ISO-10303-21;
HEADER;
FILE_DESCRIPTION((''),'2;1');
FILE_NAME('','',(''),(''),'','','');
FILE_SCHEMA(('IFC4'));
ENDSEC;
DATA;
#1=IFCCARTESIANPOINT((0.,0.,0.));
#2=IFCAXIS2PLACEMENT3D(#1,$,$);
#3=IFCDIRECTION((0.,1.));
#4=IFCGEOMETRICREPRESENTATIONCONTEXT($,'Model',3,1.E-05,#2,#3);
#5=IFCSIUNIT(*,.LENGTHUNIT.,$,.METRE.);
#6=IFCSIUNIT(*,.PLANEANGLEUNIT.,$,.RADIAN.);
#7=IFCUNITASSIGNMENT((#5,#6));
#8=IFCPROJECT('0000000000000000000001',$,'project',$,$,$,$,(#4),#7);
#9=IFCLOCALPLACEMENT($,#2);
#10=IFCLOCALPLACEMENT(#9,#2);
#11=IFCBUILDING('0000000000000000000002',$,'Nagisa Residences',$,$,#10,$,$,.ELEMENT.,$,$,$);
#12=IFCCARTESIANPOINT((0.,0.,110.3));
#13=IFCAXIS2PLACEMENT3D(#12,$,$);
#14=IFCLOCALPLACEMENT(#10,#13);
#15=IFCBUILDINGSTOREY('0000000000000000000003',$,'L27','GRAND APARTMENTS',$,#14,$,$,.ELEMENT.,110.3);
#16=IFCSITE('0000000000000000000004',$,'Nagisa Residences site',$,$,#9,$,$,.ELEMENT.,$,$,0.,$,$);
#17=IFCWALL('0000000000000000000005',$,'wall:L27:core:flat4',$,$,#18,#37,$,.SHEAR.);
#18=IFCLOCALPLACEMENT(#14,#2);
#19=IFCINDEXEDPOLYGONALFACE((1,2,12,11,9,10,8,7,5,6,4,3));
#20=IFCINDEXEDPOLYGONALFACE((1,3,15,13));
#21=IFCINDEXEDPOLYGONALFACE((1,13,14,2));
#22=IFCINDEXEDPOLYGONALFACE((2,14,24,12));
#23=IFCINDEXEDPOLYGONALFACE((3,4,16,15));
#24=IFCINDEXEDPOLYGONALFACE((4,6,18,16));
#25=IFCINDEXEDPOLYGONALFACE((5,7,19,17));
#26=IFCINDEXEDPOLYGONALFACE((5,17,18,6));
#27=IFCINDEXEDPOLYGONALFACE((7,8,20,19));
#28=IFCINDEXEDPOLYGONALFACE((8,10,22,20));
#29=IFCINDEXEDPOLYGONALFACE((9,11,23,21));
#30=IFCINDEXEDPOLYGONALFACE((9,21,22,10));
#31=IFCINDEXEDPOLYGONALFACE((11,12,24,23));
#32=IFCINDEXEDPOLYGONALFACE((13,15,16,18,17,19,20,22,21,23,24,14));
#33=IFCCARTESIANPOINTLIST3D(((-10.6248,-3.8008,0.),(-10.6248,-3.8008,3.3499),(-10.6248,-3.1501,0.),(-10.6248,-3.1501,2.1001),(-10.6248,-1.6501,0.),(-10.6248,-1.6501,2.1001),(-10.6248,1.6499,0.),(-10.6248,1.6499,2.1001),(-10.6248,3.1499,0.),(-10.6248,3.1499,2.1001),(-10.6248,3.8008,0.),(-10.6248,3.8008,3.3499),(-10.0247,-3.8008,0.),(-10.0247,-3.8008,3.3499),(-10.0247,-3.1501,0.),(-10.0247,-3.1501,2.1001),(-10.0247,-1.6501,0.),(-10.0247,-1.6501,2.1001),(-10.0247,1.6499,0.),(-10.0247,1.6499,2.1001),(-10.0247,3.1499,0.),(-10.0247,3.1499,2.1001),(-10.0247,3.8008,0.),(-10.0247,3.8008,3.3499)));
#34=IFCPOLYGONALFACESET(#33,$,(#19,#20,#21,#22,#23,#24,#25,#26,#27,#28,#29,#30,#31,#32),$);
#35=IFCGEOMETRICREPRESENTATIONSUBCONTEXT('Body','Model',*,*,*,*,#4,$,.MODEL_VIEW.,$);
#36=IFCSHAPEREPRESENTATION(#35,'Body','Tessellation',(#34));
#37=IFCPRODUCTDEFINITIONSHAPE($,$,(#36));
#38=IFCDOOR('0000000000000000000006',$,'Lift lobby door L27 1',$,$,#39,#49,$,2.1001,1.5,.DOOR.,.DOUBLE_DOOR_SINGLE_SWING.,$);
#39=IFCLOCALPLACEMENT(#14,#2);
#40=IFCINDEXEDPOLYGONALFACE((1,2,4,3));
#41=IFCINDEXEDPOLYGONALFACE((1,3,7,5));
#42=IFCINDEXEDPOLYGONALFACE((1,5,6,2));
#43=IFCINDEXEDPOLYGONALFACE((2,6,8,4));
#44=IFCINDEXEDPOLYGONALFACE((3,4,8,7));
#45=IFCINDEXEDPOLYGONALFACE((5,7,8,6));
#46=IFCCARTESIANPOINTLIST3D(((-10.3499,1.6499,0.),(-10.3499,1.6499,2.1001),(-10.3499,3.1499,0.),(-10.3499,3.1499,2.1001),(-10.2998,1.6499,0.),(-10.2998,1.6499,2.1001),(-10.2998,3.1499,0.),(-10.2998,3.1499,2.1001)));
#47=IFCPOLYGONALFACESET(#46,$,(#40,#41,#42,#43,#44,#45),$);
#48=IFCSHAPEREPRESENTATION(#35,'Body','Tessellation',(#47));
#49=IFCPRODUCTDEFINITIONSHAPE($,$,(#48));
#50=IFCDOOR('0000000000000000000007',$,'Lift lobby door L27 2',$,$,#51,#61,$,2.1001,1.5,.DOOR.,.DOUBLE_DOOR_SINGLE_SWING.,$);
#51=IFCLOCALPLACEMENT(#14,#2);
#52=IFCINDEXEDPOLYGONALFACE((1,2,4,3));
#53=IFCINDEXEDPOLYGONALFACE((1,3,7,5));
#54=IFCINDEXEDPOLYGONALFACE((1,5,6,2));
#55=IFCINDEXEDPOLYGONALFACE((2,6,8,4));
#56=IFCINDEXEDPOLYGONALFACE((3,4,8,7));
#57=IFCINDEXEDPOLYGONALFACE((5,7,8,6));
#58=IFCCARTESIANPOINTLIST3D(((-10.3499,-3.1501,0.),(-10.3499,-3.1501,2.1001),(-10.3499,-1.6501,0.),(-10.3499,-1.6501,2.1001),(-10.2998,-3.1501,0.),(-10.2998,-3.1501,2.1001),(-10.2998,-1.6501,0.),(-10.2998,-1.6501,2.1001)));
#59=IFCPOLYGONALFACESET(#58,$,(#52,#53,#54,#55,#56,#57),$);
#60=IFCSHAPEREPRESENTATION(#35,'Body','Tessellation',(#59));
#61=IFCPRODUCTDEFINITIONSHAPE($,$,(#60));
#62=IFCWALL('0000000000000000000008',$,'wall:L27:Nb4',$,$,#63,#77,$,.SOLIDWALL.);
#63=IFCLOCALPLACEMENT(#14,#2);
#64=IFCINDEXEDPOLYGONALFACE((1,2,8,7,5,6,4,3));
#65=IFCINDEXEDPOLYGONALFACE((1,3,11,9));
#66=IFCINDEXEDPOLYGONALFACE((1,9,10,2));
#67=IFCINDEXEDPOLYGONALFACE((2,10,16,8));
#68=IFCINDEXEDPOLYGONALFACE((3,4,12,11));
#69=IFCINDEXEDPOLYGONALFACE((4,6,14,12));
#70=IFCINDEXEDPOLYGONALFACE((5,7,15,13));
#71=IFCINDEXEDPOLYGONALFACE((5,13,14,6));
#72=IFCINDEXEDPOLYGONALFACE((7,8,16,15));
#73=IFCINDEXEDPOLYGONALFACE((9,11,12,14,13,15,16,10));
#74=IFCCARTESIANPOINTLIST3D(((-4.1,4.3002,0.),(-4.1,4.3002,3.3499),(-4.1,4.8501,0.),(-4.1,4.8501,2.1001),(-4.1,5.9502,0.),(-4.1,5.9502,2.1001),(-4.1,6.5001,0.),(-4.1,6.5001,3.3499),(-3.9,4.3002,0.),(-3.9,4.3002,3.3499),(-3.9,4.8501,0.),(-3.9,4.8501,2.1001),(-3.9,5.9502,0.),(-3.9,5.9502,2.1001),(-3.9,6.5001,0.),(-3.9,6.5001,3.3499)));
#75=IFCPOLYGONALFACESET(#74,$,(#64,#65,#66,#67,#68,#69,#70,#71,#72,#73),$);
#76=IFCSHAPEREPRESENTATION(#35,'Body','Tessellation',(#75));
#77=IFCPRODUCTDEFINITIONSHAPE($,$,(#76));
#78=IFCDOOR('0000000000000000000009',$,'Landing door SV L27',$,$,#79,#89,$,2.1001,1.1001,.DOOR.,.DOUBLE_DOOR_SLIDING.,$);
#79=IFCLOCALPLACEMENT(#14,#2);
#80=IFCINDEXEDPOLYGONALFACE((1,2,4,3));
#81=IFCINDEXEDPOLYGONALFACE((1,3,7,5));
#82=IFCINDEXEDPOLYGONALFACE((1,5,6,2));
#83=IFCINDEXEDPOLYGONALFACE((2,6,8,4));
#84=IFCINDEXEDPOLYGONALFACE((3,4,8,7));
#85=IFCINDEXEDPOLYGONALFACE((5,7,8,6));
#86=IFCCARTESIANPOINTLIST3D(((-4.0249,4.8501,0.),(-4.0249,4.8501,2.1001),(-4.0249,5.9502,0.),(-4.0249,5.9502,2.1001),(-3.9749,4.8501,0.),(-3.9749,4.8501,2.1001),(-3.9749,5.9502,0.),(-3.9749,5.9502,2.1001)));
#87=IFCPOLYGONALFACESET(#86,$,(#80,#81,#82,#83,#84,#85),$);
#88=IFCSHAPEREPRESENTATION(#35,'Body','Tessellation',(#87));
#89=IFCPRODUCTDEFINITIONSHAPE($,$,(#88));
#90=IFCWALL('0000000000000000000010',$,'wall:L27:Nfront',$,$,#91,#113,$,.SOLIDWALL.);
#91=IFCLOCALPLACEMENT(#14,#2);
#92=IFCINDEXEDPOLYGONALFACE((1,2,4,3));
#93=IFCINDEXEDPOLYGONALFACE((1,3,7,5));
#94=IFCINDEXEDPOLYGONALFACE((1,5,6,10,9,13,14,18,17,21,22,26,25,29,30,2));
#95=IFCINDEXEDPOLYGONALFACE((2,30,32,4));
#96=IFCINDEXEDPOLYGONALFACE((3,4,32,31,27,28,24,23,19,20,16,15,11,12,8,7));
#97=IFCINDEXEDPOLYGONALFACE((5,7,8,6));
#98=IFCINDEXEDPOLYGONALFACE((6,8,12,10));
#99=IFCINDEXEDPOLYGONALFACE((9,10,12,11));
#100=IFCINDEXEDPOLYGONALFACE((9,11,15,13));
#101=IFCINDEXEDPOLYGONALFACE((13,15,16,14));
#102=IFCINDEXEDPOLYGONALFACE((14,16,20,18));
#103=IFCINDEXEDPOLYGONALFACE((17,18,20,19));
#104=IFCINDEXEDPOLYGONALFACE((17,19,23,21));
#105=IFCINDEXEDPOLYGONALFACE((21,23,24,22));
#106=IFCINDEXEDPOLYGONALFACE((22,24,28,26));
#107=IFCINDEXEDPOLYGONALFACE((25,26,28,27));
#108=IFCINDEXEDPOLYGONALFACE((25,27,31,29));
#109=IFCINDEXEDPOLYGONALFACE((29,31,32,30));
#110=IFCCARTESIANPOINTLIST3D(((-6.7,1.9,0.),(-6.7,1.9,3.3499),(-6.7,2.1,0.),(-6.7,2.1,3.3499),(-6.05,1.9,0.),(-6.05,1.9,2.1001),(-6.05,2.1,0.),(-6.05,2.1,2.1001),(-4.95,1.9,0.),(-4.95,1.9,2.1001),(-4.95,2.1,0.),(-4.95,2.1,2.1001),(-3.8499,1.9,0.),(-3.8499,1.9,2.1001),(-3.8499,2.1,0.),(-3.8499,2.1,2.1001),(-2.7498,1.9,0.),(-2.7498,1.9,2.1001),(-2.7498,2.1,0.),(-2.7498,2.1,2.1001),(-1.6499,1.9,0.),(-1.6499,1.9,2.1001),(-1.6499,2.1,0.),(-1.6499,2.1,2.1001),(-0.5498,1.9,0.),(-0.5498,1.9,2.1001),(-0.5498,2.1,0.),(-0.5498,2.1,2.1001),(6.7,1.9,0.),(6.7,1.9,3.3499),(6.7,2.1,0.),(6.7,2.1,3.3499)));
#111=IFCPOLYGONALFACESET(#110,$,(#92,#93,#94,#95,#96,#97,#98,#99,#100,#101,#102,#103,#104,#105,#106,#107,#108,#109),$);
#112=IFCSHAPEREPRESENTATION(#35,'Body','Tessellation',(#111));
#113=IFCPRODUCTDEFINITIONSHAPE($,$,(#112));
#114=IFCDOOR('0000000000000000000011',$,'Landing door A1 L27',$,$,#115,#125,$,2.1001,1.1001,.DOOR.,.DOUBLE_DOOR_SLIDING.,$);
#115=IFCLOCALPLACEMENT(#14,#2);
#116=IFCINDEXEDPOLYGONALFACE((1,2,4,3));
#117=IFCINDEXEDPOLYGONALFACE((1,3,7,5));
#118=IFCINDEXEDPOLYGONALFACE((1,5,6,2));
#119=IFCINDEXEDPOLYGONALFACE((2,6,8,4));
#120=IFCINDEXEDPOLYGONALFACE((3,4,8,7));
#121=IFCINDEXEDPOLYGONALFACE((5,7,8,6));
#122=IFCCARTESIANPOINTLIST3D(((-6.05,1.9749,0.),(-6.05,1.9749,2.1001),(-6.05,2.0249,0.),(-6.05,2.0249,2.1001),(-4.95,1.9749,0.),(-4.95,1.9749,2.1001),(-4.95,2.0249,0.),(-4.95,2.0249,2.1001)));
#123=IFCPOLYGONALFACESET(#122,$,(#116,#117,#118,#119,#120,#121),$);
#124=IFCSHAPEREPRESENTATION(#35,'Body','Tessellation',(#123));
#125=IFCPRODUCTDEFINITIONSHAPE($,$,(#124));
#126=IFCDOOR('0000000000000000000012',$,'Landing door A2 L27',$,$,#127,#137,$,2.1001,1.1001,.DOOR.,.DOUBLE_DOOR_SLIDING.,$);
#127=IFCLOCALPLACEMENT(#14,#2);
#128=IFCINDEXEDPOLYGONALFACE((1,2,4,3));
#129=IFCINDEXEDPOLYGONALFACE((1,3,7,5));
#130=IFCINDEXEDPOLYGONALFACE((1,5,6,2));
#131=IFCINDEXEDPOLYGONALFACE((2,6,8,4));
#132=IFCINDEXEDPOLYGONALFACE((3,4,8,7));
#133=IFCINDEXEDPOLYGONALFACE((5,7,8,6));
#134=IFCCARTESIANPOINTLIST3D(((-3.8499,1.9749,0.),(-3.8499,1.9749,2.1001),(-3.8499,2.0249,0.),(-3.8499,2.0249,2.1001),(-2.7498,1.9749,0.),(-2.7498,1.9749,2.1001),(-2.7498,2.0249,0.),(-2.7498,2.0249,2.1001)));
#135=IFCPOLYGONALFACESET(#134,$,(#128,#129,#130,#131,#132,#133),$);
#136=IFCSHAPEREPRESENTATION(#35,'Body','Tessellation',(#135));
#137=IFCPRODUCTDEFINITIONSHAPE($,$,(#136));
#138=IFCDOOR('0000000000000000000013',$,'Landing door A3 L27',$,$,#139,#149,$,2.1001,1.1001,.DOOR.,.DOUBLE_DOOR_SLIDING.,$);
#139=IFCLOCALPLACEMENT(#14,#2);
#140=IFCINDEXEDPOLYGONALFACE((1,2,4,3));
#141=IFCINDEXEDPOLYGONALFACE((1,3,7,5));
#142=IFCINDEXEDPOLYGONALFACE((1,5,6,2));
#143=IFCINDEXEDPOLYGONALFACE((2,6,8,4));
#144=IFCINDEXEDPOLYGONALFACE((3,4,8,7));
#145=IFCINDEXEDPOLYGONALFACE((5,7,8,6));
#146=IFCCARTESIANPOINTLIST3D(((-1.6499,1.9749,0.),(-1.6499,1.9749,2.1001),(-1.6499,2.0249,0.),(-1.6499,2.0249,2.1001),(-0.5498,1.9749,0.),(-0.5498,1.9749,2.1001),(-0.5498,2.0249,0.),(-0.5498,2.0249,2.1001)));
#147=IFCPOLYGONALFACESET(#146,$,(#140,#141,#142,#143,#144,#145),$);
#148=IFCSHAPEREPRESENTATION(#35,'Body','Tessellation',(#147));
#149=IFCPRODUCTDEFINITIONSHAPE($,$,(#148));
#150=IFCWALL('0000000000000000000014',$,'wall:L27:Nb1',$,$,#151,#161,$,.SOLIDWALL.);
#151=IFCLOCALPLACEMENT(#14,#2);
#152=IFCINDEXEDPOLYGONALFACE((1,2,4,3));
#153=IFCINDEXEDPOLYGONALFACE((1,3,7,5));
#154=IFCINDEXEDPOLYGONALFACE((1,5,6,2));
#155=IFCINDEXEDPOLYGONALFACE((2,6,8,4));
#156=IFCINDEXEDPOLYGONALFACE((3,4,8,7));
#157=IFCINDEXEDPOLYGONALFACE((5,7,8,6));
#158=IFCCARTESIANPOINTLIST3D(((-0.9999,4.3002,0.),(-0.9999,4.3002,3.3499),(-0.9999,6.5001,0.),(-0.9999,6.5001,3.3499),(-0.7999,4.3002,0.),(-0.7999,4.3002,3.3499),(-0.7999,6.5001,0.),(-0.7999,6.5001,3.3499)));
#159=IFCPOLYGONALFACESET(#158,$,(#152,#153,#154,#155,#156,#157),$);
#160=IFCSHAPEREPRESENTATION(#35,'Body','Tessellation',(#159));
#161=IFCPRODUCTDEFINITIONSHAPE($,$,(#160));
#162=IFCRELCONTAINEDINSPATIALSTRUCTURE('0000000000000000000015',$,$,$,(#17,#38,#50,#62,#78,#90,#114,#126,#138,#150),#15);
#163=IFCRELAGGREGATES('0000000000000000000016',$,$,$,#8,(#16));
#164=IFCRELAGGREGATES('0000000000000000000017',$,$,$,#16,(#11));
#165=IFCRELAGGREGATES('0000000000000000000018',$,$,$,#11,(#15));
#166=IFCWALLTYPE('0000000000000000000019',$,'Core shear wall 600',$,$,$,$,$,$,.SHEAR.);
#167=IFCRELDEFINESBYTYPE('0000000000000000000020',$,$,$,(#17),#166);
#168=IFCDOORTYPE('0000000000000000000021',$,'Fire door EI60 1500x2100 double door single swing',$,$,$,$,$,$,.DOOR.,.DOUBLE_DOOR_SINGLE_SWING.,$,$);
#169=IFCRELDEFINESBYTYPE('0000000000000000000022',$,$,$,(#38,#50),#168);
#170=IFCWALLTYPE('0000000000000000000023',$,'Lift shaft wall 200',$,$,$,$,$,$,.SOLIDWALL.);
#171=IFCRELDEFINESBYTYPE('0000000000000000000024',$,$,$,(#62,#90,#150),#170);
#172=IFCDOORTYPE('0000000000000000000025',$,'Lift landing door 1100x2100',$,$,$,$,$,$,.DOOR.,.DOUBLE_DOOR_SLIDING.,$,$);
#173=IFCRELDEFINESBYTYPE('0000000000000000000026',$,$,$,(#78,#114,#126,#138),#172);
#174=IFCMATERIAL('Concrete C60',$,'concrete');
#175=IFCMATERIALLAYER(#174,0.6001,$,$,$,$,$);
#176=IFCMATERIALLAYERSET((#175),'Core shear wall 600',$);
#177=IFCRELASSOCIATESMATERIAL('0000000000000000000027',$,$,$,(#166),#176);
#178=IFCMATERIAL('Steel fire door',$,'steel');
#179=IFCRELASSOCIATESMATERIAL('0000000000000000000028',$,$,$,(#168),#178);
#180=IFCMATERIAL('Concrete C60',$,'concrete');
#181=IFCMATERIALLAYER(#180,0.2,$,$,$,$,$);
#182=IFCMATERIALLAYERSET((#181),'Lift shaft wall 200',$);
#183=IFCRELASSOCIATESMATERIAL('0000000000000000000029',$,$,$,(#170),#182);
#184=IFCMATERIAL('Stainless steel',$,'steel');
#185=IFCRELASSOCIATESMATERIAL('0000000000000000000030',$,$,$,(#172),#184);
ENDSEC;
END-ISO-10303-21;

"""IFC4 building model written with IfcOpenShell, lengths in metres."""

from ifc_helpers import new_model, si_unit, direction, frame, frame_2d, origin, place, context, subcontext, project, spatial, rectangle, extrude, material, layer, layer_set, type_object, element, fill, save


model = new_model("IFC4")

# Units and contexts
model_context = context("Model", 3, precision=1e-05, world=origin(), true_north=direction((0.0, 1.0)))
body_context = subcontext(model_context, "Body", "Model", "MODEL_VIEW")
ifc_project = project(units=[si_unit("LENGTHUNIT", "METRE"), si_unit("PLANEANGLEUNIT", "RADIAN")], contexts=[model_context])

# Site, building, storey
site_placement = place(None, origin())
site = spatial("IfcSite", under=ifc_project, at=site_placement, Name="Nagisa Residences site", CompositionType="ELEMENT", RefElevation=0.0)
building_placement = place(site_placement, origin())
building = spatial("IfcBuilding", under=site, at=building_placement, Name="Nagisa Residences", CompositionType="ELEMENT")
storey_placement = place(building_placement, frame((0.0, 0.0, 110.3)))
storey = spatial("IfcBuildingStorey", under=building, at=storey_placement, Name="L27", Description="GRAND APARTMENTS", CompositionType="ELEMENT", Elevation=110.3)

# Wall, openings, doors
ifc_material_1 = material(Name="Concrete C60", Category="concrete")
ifc_layer_1 = layer(ifc_material_1, 0.6001)
ifc_layer_set_1 = layer_set([ifc_layer_1], Name="Core shear wall 600")
wall_type_1 = type_object("IfcWallType", Name="Core shear wall 600", PredefinedType="SHEAR", material=ifc_layer_set_1)
wall_1_placement = place(storey_placement, frame((-10.3247, 3.8008, 0.0), z_axis=(0.0, 0.0, 1.0), x_axis=(0.0, -1.0, 0.0)))
wall_1 = element("IfcWall", 1, at=wall_1_placement, inside=storey, type_object=wall_type_1, Name="wall:L27:core:flat4", PredefinedType="SHEAR", context=body_context, shape_type="SweptSolid", body=[
    extrude(rectangle(XDim=7.6016, YDim=0.6001, at=frame_2d((3.8008, 0.0))), origin(), (0.0, 0.0, 1.0), 3.3499),
])
opening_1_placement = place(wall_1_placement, frame((0.6509, 0.0, 0.0)))
opening_1 = element("IfcOpeningElement", 2, at=opening_1_placement, cuts=wall_1, PredefinedType="OPENING", context=body_context, shape_type="SweptSolid", body=[
    extrude(rectangle(XDim=1.5, YDim=2.1001, at=frame_2d((0.75, 1.05))), frame((0.0, 0.3101, 0.0), z_axis=(0.0, -1.0, 0.0), x_axis=(1.0, 0.0, 0.0)), (0.0, 0.0, 1.0), 0.6201),
])
opening_2_placement = place(wall_1_placement, frame((5.4509, 0.0, 0.0)))
opening_2 = element("IfcOpeningElement", 3, at=opening_2_placement, cuts=wall_1, PredefinedType="OPENING", context=body_context, shape_type="SweptSolid", body=[
    extrude(rectangle(XDim=1.5, YDim=2.1001, at=frame_2d((0.75, 1.05))), frame((0.0, 0.3101, 0.0), z_axis=(0.0, -1.0, 0.0), x_axis=(1.0, 0.0, 0.0)), (0.0, 0.0, 1.0), 0.6201),
])
ifc_material_2 = material(Name="Steel fire door", Category="steel")
door_type_1 = type_object("IfcDoorType", Name="Fire door EI60 1500x2100 double door single swing", OperationType="DOUBLE_DOOR_SINGLE_SWING", PredefinedType="DOOR", material=ifc_material_2)
door_1_placement = place(opening_1_placement, origin())
door_1 = element("IfcDoor", 4, at=door_1_placement, inside=storey, type_object=door_type_1, Name="Lift lobby door L27 1", OperationType="DOUBLE_DOOR_SINGLE_SWING", OverallHeight=2.1001, OverallWidth=1.5, PredefinedType="DOOR", context=body_context, shape_type="SweptSolid", body=[
    extrude(rectangle(XDim=1.5, YDim=2.1001, at=frame_2d((0.75, 1.05))), frame((0.0, 0.0249, 0.0), z_axis=(0.0, -1.0, 0.0), x_axis=(1.0, 0.0, 0.0)), (0.0, 0.0, 1.0), 0.05),
])
fill(opening_1, door_1)
door_2_placement = place(opening_2_placement, origin())
door_2 = element("IfcDoor", 5, at=door_2_placement, inside=storey, type_object=door_type_1, Name="Lift lobby door L27 2", OperationType="DOUBLE_DOOR_SINGLE_SWING", OverallHeight=2.1001, OverallWidth=1.5, PredefinedType="DOOR", context=body_context, shape_type="SweptSolid", body=[
    extrude(rectangle(XDim=1.5, YDim=2.1001, at=frame_2d((0.75, 1.05))), frame((0.0, 0.0249, 0.0), z_axis=(0.0, -1.0, 0.0), x_axis=(1.0, 0.0, 0.0)), (0.0, 0.0, 1.0), 0.05),
])
fill(opening_2, door_2)

# Wall, opening, door
ifc_material_3 = material(Name="Concrete C60", Category="concrete")
ifc_layer_2 = layer(ifc_material_3, 0.2)
ifc_layer_set_2 = layer_set([ifc_layer_2], Name="Lift shaft wall 200")
wall_type_2 = type_object("IfcWallType", Name="Lift shaft wall 200", PredefinedType="SOLIDWALL", material=ifc_layer_set_2)
wall_2_placement = place(storey_placement, frame((-4.0, 4.3, 0.0), z_axis=(0.0, 0.0, 1.0), x_axis=(0.0, 1.0, 0.0)))
wall_2 = element("IfcWall", 6, at=wall_2_placement, inside=storey, type_object=wall_type_2, Name="wall:L27:Nb4", PredefinedType="SOLIDWALL", context=body_context, shape_type="SweptSolid", body=[
    extrude(rectangle(XDim=2.2, YDim=0.2, at=frame_2d((1.1001, 0.0))), origin(), (0.0, 0.0, 1.0), 3.3499),
])
opening_3_placement = place(wall_2_placement, frame((0.55, 0.0, 0.0)))
opening_3 = element("IfcOpeningElement", 7, at=opening_3_placement, cuts=wall_2, PredefinedType="OPENING", context=body_context, shape_type="SweptSolid", body=[
    extrude(rectangle(XDim=1.1001, YDim=2.1001, at=frame_2d((0.55, 1.05))), frame((0.0, 0.1099, 0.0), z_axis=(0.0, -1.0, 0.0), x_axis=(1.0, 0.0, 0.0)), (0.0, 0.0, 1.0), 0.22),
])
ifc_material_4 = material(Name="Stainless steel", Category="steel")
door_type_2 = type_object("IfcDoorType", Name="Lift landing door 1100x2100", OperationType="DOUBLE_DOOR_SLIDING", PredefinedType="DOOR", material=ifc_material_4)
door_3_placement = place(opening_3_placement, origin())
door_3 = element("IfcDoor", 8, at=door_3_placement, inside=storey, type_object=door_type_2, Name="Landing door SV L27", OperationType="DOUBLE_DOOR_SLIDING", OverallHeight=2.1001, OverallWidth=1.1001, PredefinedType="DOOR", context=body_context, shape_type="SweptSolid", body=[
    extrude(rectangle(XDim=1.1001, YDim=2.1001, at=frame_2d((0.55, 1.05))), frame((0.0, 0.0249, 0.0), z_axis=(0.0, -1.0, 0.0), x_axis=(1.0, 0.0, 0.0)), (0.0, 0.0, 1.0), 0.05),
])
fill(opening_3, door_3)

# Wall, openings, doors
wall_3_placement = place(storey_placement, frame((-6.7, 2.0, 0.0), z_axis=(0.0, 0.0, 1.0), x_axis=(1.0, 0.0, 0.0)))
wall_3 = element("IfcWall", 9, at=wall_3_placement, inside=storey, type_object=wall_type_2, Name="wall:L27:Nfront", PredefinedType="SOLIDWALL", context=body_context, shape_type="SweptSolid", body=[
    extrude(rectangle(XDim=13.3999, YDim=0.2, at=frame_2d((6.7, 0.0))), origin(), (0.0, 0.0, 1.0), 3.3499),
])
opening_4_placement = place(wall_3_placement, frame((0.6499, 0.0, 0.0)))
opening_4 = element("IfcOpeningElement", 10, at=opening_4_placement, cuts=wall_3, PredefinedType="OPENING", context=body_context, shape_type="SweptSolid", body=[
    extrude(rectangle(XDim=1.1001, YDim=2.1001, at=frame_2d((0.55, 1.05))), frame((0.0, 0.1099, 0.0), z_axis=(0.0, -1.0, 0.0), x_axis=(1.0, 0.0, 0.0)), (0.0, 0.0, 1.0), 0.22),
])
opening_5_placement = place(wall_3_placement, frame((2.8501, 0.0, 0.0)))
opening_5 = element("IfcOpeningElement", 11, at=opening_5_placement, cuts=wall_3, PredefinedType="OPENING", context=body_context, shape_type="SweptSolid", body=[
    extrude(rectangle(XDim=1.1001, YDim=2.1001, at=frame_2d((0.55, 1.05))), frame((0.0, 0.1099, 0.0), z_axis=(0.0, -1.0, 0.0), x_axis=(1.0, 0.0, 0.0)), (0.0, 0.0, 1.0), 0.22),
])
opening_6_placement = place(wall_3_placement, frame((5.05, 0.0, 0.0)))
opening_6 = element("IfcOpeningElement", 12, at=opening_6_placement, cuts=wall_3, PredefinedType="OPENING", context=body_context, shape_type="SweptSolid", body=[
    extrude(rectangle(XDim=1.1001, YDim=2.1001, at=frame_2d((0.55, 1.05))), frame((0.0, 0.1099, 0.0), z_axis=(0.0, -1.0, 0.0), x_axis=(1.0, 0.0, 0.0)), (0.0, 0.0, 1.0), 0.22),
])
door_4_placement = place(opening_4_placement, origin())
door_4 = element("IfcDoor", 13, at=door_4_placement, inside=storey, type_object=door_type_2, Name="Landing door A1 L27", OperationType="DOUBLE_DOOR_SLIDING", OverallHeight=2.1001, OverallWidth=1.1001, PredefinedType="DOOR", context=body_context, shape_type="SweptSolid", body=[
    extrude(rectangle(XDim=1.1001, YDim=2.1001, at=frame_2d((0.55, 1.05))), frame((0.0, 0.0249, 0.0), z_axis=(0.0, -1.0, 0.0), x_axis=(1.0, 0.0, 0.0)), (0.0, 0.0, 1.0), 0.05),
])
fill(opening_4, door_4)
door_5_placement = place(opening_5_placement, origin())
door_5 = element("IfcDoor", 14, at=door_5_placement, inside=storey, type_object=door_type_2, Name="Landing door A2 L27", OperationType="DOUBLE_DOOR_SLIDING", OverallHeight=2.1001, OverallWidth=1.1001, PredefinedType="DOOR", context=body_context, shape_type="SweptSolid", body=[
    extrude(rectangle(XDim=1.1001, YDim=2.1001, at=frame_2d((0.55, 1.05))), frame((0.0, 0.0249, 0.0), z_axis=(0.0, -1.0, 0.0), x_axis=(1.0, 0.0, 0.0)), (0.0, 0.0, 1.0), 0.05),
])
fill(opening_5, door_5)
door_6_placement = place(opening_6_placement, origin())
door_6 = element("IfcDoor", 15, at=door_6_placement, inside=storey, type_object=door_type_2, Name="Landing door A3 L27", OperationType="DOUBLE_DOOR_SLIDING", OverallHeight=2.1001, OverallWidth=1.1001, PredefinedType="DOOR", context=body_context, shape_type="SweptSolid", body=[
    extrude(rectangle(XDim=1.1001, YDim=2.1001, at=frame_2d((0.55, 1.05))), frame((0.0, 0.0249, 0.0), z_axis=(0.0, -1.0, 0.0), x_axis=(1.0, 0.0, 0.0)), (0.0, 0.0, 1.0), 0.05),
])
fill(opening_6, door_6)

# Wall
wall_4_placement = place(storey_placement, frame((-0.8999, 4.3, 0.0), z_axis=(0.0, 0.0, 1.0), x_axis=(0.0, 1.0, 0.0)))
element("IfcWall", 16, at=wall_4_placement, inside=storey, type_object=wall_type_2, Name="wall:L27:Nb1", PredefinedType="SOLIDWALL", context=body_context, shape_type="SweptSolid", body=[
    extrude(rectangle(XDim=2.2, YDim=0.2, at=frame_2d((1.1001, 0.0))), origin(), (0.0, 0.0, 1.0), 3.3499),
])

save(model, "model.ifc")
